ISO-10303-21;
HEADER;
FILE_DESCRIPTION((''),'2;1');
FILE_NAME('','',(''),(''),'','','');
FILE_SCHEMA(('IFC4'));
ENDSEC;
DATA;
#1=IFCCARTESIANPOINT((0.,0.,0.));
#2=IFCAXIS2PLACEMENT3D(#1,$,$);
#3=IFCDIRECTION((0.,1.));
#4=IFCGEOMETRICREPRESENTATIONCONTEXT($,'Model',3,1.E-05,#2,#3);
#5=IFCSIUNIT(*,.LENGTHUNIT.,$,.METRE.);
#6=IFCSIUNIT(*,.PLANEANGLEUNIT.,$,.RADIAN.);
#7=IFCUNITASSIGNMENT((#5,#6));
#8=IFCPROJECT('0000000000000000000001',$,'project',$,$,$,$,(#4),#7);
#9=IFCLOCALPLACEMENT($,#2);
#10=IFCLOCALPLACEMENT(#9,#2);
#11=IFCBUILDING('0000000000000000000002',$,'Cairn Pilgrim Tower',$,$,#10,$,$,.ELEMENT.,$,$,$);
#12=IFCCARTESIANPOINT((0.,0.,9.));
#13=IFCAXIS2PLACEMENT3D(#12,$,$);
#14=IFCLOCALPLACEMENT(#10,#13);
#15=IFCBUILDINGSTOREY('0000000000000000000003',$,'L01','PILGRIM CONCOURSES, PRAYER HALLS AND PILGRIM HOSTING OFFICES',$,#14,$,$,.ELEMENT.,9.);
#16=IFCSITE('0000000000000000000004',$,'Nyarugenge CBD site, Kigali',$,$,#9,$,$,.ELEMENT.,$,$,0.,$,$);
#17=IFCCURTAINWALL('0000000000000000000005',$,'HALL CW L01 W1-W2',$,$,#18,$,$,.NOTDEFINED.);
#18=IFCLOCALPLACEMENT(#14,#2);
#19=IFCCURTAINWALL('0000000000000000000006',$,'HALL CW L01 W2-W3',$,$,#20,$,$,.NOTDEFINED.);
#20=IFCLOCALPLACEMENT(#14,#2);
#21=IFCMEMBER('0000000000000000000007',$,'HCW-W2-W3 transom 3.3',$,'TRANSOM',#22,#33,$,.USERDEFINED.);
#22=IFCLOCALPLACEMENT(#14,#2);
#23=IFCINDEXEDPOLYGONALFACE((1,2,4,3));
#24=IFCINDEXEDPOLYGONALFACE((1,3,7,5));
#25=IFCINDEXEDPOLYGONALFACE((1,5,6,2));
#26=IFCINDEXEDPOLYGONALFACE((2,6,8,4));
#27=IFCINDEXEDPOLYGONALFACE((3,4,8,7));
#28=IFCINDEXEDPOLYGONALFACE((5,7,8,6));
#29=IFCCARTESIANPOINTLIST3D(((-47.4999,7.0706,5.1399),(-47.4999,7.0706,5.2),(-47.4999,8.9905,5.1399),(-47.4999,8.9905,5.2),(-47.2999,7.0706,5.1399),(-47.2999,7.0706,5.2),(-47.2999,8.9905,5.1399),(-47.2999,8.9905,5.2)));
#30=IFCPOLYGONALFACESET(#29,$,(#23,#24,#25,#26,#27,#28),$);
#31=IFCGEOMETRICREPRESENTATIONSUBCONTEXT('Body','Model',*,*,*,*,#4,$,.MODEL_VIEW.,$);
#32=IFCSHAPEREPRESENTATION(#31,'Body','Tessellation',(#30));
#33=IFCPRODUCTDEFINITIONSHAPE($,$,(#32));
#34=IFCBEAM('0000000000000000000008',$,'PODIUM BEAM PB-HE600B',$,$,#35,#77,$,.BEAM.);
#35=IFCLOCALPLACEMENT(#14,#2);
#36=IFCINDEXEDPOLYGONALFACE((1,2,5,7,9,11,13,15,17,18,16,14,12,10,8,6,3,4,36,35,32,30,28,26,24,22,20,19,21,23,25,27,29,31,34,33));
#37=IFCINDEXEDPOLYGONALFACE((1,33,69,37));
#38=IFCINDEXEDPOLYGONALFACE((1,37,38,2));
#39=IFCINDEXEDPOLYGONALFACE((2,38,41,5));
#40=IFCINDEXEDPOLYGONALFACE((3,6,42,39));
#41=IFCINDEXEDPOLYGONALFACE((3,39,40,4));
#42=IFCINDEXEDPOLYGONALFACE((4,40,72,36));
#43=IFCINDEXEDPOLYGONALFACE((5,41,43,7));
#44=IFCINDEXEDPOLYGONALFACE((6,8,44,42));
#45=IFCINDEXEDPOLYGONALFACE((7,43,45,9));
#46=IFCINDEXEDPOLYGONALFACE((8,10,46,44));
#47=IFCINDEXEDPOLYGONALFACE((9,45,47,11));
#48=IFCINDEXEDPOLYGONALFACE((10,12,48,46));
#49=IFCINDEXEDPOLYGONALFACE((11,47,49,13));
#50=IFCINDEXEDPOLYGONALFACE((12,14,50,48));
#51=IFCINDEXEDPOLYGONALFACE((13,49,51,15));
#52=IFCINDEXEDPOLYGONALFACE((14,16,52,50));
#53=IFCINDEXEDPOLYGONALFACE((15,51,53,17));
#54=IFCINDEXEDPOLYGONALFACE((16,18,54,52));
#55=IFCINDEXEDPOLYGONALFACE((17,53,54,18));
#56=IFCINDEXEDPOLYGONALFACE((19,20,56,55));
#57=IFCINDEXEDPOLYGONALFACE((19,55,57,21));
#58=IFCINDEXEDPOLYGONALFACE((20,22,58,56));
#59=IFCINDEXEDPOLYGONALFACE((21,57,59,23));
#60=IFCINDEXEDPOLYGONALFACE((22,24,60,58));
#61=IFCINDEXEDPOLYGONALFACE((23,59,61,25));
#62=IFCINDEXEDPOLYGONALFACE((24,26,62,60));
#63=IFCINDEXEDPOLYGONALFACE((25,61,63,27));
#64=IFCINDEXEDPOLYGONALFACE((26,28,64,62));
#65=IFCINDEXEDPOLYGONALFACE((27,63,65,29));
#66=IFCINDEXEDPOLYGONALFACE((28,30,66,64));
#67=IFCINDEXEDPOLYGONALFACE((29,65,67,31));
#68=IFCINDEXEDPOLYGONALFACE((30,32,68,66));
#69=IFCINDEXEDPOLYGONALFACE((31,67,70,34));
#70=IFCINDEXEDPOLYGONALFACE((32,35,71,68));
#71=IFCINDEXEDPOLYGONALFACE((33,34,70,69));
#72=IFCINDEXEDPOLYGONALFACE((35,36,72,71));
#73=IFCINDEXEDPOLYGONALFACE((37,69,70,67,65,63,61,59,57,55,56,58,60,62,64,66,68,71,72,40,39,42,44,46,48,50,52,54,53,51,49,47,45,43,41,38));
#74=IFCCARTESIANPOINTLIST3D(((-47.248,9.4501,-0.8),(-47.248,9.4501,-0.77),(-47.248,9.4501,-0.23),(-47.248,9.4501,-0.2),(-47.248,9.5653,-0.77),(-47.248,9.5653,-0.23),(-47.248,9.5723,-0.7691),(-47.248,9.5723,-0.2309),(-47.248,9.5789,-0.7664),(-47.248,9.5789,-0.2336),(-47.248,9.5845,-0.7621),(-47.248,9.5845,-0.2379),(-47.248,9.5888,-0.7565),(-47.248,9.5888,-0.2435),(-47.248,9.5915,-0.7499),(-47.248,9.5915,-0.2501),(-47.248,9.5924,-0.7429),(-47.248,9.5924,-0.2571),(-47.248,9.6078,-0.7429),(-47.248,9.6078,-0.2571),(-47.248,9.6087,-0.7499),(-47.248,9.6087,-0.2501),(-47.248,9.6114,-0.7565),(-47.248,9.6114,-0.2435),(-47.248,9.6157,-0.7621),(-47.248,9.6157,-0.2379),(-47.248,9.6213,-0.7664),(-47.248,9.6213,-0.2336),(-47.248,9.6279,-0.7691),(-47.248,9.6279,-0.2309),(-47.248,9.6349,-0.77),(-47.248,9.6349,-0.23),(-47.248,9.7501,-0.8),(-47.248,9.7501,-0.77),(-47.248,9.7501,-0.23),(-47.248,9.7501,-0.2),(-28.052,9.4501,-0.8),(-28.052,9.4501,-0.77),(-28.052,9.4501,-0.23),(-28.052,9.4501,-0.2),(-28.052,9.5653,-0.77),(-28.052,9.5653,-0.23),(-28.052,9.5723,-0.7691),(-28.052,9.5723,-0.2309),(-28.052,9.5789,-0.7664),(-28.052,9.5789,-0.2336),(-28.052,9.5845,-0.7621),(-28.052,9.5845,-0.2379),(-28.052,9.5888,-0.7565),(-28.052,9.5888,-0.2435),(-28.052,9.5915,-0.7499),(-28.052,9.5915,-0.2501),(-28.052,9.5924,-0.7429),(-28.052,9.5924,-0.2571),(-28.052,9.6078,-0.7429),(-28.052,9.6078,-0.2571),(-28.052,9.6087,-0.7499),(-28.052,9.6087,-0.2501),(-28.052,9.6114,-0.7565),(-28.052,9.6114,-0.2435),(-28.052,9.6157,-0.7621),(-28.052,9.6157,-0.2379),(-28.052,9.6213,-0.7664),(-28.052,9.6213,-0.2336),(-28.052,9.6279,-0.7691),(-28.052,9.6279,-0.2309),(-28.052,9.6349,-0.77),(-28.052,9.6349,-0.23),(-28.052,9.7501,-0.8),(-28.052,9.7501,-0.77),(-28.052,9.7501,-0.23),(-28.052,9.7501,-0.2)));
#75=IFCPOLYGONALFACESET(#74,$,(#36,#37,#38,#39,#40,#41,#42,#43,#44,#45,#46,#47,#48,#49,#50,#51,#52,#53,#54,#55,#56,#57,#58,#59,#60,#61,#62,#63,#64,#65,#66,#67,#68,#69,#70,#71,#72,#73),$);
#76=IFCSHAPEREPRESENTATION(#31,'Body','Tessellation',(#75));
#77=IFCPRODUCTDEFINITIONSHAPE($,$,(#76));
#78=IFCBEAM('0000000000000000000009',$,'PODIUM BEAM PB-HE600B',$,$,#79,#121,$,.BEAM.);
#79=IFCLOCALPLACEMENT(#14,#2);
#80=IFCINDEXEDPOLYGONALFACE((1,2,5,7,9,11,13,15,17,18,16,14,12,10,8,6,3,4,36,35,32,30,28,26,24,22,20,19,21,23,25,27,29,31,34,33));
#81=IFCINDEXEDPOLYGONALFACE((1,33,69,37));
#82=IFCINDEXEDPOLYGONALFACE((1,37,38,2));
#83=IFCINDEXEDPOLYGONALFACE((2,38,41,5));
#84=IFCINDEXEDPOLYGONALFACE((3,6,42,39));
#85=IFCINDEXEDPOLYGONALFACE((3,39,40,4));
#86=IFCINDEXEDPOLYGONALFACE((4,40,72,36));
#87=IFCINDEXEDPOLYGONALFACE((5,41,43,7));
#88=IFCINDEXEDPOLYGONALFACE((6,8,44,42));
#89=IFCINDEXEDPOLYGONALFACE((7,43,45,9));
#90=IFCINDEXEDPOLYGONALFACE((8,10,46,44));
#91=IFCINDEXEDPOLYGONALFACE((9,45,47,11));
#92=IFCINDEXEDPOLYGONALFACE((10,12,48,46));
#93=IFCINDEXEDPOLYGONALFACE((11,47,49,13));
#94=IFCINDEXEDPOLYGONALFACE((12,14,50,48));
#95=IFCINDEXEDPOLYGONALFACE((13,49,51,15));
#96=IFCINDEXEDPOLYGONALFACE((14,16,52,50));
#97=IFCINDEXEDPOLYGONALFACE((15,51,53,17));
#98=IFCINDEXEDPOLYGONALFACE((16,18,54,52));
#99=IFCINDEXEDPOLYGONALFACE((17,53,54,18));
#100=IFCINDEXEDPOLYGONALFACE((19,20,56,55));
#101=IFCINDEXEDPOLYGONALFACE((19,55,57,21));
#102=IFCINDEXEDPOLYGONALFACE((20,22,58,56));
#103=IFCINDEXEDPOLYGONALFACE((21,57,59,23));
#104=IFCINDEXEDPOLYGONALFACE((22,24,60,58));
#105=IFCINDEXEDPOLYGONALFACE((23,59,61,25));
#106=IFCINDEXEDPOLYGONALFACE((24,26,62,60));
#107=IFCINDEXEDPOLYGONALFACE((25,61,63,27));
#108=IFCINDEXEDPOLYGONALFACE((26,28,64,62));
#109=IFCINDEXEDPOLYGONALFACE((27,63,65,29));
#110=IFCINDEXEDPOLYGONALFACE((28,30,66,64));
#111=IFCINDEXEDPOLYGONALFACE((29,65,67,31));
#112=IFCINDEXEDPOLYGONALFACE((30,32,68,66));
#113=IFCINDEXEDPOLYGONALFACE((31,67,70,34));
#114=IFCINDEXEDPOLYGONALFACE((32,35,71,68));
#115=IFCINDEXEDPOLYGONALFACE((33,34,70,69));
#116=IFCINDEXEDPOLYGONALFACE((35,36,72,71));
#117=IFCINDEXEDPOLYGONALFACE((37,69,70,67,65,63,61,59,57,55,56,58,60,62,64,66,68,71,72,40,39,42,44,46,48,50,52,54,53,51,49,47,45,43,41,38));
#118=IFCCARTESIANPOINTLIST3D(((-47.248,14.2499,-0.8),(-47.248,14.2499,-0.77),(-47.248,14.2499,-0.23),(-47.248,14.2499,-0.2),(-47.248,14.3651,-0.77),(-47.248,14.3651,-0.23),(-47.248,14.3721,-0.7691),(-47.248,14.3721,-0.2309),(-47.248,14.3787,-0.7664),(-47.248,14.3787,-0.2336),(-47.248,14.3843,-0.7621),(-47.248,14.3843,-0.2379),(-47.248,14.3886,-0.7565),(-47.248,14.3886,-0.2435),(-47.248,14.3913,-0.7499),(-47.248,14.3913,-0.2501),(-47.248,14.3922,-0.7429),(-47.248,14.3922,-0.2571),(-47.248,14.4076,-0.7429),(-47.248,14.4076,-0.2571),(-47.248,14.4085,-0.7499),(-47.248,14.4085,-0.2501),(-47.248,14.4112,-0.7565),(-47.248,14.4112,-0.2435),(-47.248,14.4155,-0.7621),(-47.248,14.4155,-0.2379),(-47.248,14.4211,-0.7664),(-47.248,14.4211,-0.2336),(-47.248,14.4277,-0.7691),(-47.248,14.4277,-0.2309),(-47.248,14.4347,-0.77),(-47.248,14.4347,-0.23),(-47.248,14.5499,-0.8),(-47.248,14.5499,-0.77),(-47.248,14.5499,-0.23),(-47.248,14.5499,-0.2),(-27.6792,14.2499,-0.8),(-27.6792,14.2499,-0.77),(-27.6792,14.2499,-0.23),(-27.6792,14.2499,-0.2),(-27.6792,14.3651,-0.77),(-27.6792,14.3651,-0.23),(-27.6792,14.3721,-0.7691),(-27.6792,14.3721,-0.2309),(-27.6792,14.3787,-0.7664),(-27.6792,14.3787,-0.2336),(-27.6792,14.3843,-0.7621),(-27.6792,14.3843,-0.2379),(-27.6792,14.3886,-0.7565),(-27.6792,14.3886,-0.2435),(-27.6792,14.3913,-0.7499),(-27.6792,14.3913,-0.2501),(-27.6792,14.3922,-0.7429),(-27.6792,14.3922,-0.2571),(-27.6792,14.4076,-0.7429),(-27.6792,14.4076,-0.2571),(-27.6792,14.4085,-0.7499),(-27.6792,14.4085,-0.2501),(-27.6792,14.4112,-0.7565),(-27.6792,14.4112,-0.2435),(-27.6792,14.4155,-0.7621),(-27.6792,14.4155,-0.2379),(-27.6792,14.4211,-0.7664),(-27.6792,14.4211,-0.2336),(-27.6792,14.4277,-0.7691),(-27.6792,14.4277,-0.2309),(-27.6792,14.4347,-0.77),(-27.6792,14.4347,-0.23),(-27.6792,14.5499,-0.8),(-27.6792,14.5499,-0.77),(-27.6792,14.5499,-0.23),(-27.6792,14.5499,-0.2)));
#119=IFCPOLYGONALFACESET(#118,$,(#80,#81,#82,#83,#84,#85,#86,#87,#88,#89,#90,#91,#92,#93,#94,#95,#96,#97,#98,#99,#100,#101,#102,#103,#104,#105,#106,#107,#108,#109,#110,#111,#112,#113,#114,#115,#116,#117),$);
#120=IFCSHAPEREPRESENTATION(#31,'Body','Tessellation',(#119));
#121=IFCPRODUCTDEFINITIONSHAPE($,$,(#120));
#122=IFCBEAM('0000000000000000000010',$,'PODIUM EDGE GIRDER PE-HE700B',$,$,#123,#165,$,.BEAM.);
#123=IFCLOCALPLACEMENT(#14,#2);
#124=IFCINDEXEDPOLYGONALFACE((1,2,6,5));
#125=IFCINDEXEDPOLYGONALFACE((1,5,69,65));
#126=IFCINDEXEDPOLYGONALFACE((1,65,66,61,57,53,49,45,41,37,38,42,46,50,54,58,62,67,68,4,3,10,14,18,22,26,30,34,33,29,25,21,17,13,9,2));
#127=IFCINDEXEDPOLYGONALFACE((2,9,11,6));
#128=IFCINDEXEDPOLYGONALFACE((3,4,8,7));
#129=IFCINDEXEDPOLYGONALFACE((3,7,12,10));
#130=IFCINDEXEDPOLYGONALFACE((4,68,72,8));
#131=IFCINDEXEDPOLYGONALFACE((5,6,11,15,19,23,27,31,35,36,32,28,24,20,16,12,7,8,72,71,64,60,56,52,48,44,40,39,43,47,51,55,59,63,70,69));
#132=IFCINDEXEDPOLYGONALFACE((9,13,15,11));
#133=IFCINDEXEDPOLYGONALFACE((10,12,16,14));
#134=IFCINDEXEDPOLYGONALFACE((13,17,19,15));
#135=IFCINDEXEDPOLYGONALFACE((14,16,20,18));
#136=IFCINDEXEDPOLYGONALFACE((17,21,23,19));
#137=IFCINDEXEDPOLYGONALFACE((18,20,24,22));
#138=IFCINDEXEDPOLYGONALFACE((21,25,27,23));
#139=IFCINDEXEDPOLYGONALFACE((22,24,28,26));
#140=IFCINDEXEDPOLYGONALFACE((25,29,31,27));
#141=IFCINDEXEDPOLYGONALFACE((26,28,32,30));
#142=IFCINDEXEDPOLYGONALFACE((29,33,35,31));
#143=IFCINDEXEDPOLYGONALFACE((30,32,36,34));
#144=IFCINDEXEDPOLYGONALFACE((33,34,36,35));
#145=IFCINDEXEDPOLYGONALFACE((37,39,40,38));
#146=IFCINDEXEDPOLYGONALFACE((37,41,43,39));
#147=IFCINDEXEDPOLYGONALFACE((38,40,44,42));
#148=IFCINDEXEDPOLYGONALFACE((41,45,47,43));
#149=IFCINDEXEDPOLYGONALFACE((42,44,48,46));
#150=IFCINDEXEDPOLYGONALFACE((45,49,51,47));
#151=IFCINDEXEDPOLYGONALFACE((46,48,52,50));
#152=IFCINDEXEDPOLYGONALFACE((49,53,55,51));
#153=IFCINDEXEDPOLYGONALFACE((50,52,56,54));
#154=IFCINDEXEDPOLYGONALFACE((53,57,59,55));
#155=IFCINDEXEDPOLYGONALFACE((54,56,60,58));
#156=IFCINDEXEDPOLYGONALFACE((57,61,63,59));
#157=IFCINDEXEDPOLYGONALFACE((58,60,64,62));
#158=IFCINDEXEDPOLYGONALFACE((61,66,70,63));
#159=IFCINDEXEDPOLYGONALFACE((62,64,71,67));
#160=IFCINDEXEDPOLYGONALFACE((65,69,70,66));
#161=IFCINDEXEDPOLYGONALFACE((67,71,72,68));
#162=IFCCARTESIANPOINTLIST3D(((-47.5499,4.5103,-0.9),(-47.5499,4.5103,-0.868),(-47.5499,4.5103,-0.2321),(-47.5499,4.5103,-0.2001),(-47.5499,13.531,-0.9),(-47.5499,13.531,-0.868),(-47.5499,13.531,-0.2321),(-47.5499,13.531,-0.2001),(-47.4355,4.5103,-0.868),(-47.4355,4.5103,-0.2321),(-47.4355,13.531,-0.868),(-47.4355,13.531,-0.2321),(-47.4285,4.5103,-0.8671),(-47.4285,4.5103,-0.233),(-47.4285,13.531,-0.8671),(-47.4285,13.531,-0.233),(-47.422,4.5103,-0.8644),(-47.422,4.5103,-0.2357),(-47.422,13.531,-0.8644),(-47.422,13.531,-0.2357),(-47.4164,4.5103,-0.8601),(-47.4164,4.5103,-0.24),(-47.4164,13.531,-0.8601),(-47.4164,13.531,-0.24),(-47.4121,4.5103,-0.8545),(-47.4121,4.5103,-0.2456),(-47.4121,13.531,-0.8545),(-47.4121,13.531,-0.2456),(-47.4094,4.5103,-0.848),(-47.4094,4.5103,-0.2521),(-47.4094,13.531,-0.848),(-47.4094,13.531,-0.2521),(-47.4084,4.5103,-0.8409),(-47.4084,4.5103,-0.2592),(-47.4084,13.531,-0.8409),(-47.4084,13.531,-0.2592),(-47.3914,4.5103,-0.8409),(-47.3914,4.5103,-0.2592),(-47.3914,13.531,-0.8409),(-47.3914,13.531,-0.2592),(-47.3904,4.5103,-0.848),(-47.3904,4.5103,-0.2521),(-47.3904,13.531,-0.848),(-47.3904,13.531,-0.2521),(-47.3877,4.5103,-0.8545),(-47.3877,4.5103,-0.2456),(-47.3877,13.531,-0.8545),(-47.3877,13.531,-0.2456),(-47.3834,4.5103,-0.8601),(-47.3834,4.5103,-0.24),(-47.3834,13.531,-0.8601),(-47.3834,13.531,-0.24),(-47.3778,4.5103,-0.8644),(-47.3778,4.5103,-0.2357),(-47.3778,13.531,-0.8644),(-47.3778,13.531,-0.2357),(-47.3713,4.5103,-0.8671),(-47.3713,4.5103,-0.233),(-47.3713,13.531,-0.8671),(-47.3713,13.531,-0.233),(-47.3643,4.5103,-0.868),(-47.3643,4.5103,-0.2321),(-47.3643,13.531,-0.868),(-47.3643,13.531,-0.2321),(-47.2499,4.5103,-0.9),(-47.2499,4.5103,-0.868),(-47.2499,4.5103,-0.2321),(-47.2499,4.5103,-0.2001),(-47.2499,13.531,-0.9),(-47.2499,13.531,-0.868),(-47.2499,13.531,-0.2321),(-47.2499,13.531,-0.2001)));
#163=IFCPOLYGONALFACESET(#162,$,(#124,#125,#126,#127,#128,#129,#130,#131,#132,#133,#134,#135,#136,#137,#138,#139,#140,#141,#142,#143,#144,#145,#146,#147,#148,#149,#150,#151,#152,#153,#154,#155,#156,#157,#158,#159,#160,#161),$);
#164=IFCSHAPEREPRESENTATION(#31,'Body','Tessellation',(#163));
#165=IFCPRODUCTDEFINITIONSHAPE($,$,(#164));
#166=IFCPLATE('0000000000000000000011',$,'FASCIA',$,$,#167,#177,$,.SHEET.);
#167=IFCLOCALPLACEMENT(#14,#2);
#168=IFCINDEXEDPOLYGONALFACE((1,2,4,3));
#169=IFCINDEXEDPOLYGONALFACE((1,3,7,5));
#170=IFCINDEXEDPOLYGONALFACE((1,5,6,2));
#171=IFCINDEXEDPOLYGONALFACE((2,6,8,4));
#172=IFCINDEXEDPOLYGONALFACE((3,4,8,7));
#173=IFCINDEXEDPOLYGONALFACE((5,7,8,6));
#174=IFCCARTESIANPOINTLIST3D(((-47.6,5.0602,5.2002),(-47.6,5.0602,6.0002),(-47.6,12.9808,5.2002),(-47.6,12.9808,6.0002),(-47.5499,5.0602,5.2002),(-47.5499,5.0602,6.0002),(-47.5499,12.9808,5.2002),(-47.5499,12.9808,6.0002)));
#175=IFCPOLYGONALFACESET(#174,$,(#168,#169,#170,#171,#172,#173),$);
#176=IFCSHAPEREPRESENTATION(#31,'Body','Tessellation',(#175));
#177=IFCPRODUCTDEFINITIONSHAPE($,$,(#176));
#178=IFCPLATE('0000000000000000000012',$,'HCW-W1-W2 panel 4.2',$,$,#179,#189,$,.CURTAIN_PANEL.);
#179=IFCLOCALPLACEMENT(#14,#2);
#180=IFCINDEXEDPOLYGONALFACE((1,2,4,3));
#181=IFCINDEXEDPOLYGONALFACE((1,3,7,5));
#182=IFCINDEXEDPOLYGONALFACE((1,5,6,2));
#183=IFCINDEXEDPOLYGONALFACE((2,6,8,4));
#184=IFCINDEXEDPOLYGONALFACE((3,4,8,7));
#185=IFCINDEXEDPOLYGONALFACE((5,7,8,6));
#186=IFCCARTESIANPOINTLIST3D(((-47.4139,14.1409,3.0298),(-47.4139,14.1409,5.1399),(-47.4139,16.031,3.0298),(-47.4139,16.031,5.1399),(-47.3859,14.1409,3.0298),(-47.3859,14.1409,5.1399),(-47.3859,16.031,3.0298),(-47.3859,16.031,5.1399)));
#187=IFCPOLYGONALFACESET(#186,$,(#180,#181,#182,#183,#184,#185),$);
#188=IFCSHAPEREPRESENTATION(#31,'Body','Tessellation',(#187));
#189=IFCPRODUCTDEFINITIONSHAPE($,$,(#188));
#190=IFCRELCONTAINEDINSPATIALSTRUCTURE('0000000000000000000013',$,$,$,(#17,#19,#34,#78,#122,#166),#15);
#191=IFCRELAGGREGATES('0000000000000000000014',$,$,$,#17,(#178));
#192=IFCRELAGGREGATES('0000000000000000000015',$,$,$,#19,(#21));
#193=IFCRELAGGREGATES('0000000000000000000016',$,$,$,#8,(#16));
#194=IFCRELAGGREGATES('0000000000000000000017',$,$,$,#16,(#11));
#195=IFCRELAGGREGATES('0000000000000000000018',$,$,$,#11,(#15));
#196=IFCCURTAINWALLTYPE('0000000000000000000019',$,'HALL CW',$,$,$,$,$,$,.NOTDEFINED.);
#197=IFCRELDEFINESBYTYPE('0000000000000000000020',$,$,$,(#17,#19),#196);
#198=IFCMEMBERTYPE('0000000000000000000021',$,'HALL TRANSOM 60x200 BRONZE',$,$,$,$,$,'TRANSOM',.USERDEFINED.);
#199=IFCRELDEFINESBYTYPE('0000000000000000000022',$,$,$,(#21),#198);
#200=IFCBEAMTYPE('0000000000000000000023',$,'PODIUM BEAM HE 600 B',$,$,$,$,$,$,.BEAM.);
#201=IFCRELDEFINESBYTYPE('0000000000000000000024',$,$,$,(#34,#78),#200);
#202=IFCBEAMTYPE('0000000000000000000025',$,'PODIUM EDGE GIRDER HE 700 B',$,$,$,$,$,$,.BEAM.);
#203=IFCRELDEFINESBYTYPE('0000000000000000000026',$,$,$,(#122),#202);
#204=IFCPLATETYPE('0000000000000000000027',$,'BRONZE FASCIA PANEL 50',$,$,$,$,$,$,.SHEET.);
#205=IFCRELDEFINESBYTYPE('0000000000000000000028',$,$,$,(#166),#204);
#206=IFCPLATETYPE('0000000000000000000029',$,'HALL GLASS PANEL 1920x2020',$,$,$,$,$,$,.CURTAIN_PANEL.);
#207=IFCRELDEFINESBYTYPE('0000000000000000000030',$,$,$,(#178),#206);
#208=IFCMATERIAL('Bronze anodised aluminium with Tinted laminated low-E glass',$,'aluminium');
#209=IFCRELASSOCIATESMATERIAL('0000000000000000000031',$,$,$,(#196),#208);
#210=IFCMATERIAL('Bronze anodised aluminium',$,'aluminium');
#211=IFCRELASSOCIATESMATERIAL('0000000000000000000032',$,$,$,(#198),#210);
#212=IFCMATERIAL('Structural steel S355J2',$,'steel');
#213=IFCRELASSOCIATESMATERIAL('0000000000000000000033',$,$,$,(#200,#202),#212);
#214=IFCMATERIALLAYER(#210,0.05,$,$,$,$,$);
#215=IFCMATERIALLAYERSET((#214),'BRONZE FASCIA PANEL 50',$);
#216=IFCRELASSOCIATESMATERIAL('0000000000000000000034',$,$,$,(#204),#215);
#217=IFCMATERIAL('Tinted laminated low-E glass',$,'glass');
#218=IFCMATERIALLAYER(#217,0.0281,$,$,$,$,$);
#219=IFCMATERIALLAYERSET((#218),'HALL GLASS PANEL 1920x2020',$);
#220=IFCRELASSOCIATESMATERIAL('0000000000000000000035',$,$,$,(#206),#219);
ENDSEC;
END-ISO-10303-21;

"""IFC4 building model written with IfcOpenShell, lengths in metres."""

from ifc_helpers import new_model, si_unit, direction, frame, origin, origin_2d, place, context, subcontext, project, spatial, rectangle, i_section, extrude, material, layer, layer_set, material_profile, profile_set, type_object, element, aggregate, save


model = new_model("IFC4")

# Units and contexts
model_context = context("Model", 3, precision=1e-05, world=origin(), true_north=direction((0.0, 1.0)))
body_context = subcontext(model_context, "Body", "Model", "MODEL_VIEW")
ifc_project = project(units=[si_unit("LENGTHUNIT", "METRE"), si_unit("PLANEANGLEUNIT", "RADIAN")], contexts=[model_context])

# Site, building, storey
site_placement = place(None, origin())
site = spatial("IfcSite", under=ifc_project, at=site_placement, Name="Nyarugenge CBD site, Kigali", CompositionType="ELEMENT", RefElevation=0.0)
building_placement = place(site_placement, origin())
building = spatial("IfcBuilding", under=site, at=building_placement, Name="Cairn Pilgrim Tower", CompositionType="ELEMENT")
storey_placement = place(building_placement, frame((0.0, 0.0, 9.0)))
storey = spatial("IfcBuildingStorey", under=building, at=storey_placement, Name="L01", Description="PILGRIM CONCOURSES, PRAYER HALLS AND PILGRIM HOSTING OFFICES", CompositionType="ELEMENT", Elevation=9.0)

# Curtain wall
ifc_material_1 = material(Name="Bronze anodised aluminium with Tinted laminated low-E glass", Category="aluminium")
curtain_wall_type = type_object("IfcCurtainWallType", Name="HALL CW", PredefinedType="NOTDEFINED", material=ifc_material_1)
curtain_wall_1_placement = place(storey_placement, origin())
curtain_wall_1 = element("IfcCurtainWall", 1, at=curtain_wall_1_placement, inside=storey, type_object=curtain_wall_type, Name="HALL CW L01 W1-W2", PredefinedType="NOTDEFINED")
ifc_material_2 = material(Name="Bronze anodised aluminium", Category="aluminium")

# Curtain wall
curtain_wall_2_placement = place(storey_placement, origin())
curtain_wall_2 = element("IfcCurtainWall", 2, at=curtain_wall_2_placement, inside=storey, type_object=curtain_wall_type, Name="HALL CW L01 W2-W3", PredefinedType="NOTDEFINED")

# Member
ifc_material_profile_1 = material_profile(ifc_material_2, rectangle(XDim=0.2, YDim=0.0601, at=origin_2d()), Name="HALL TRANSOM 60x200 BRONZE")
ifc_profile_set_1 = profile_set([ifc_material_profile_1], Name="Bronze anodised aluminium")
member_type_1 = type_object("IfcMemberType", Name="HALL TRANSOM 60x200 BRONZE", ElementType="TRANSOM", PredefinedType="USERDEFINED", material=ifc_profile_set_1)
member_1_placement = place(storey_placement, frame((-47.3999, 8.9905, 5.1699), z_axis=(0.0, -1.0, 0.0), x_axis=(1.0, 0.0, 0.0)))
member_1 = element("IfcMember", 3, at=member_1_placement, type_object=member_type_1, Name="HCW-W2-W3 transom 3.3", ObjectType="TRANSOM", PredefinedType="USERDEFINED", context=body_context, shape_type="SweptSolid", body=[
    extrude(rectangle(XDim=0.2, YDim=0.0601, at=origin_2d()), origin(), (0.0, 0.0, 1.0), 1.9199),
])

# Beams
ifc_material_3 = material(Name="Structural steel S355J2", Category="steel")
ifc_material_profile_2 = material_profile(ifc_material_3, i_section(OverallWidth=0.3, OverallDepth=0.6001, WebThickness=0.0154, FlangeThickness=0.03, FilletRadius=0.0271, at=origin_2d()), Name="HEB 600")
ifc_profile_set_2 = profile_set([ifc_material_profile_2], Name="Structural steel S355J2")
beam_type_1 = type_object("IfcBeamType", Name="PODIUM BEAM HE 600 B", PredefinedType="BEAM", material=ifc_profile_set_2)
beam_1_placement = place(storey_placement, frame((-47.248, 9.6001, -0.5), z_axis=(1.0, 0.0, 0.0), x_axis=(0.0, 1.0, 0.0)))
element("IfcBeam", 4, at=beam_1_placement, inside=storey, type_object=beam_type_1, Name="PODIUM BEAM PB-HE600B", PredefinedType="BEAM", context=body_context, shape_type="SweptSolid", body=[
    extrude(i_section(OverallWidth=0.3, OverallDepth=0.6001, WebThickness=0.0154, FlangeThickness=0.03, FilletRadius=0.0271, at=origin_2d()), origin(), (0.0, 0.0, 1.0), 19.196),
])
beam_2_placement = place(storey_placement, frame((-47.248, 14.3999, -0.5), z_axis=(1.0, 0.0, 0.0), x_axis=(0.0, 1.0, 0.0)))
element("IfcBeam", 5, at=beam_2_placement, inside=storey, type_object=beam_type_1, Name="PODIUM BEAM PB-HE600B", PredefinedType="BEAM", context=body_context, shape_type="SweptSolid", body=[
    extrude(i_section(OverallWidth=0.3, OverallDepth=0.6001, WebThickness=0.0154, FlangeThickness=0.03, FilletRadius=0.0271, at=origin_2d()), origin(), (0.0, 0.0, 1.0), 19.5688),
])
ifc_material_profile_3 = material_profile(ifc_material_3, i_section(OverallWidth=0.3, OverallDepth=0.7, WebThickness=0.0171, FlangeThickness=0.032, FilletRadius=0.0271, at=origin_2d()), Name="HEB 700")
ifc_profile_set_3 = profile_set([ifc_material_profile_3], Name="Structural steel S355J2")
beam_type_2 = type_object("IfcBeamType", Name="PODIUM EDGE GIRDER HE 700 B", PredefinedType="BEAM", material=ifc_profile_set_3)
beam_3_placement = place(storey_placement, frame((-47.3999, 13.531, -0.55), z_axis=(0.0, -1.0, 0.0), x_axis=(1.0, 0.0, 0.0)))
element("IfcBeam", 6, at=beam_3_placement, inside=storey, type_object=beam_type_2, Name="PODIUM EDGE GIRDER PE-HE700B", PredefinedType="BEAM", context=body_context, shape_type="SweptSolid", body=[
    extrude(i_section(OverallWidth=0.3, OverallDepth=0.7, WebThickness=0.0171, FlangeThickness=0.032, FilletRadius=0.0271, at=origin_2d()), origin(), (0.0, 0.0, 1.0), 9.0208),
])

# Plates
ifc_layer_1 = layer(ifc_material_2, 0.05)
ifc_layer_set_1 = layer_set([ifc_layer_1], Name="BRONZE FASCIA PANEL 50")
plate_type_1 = type_object("IfcPlateType", Name="BRONZE FASCIA PANEL 50", PredefinedType="SHEET", material=ifc_layer_set_1)
plate_1_placement = place(storey_placement, frame((-47.575, 9.0205, 5.2002), z_axis=(0.0, 0.0, 1.0), x_axis=(0.0, -1.0, 0.0)))
element("IfcPlate", 7, at=plate_1_placement, inside=storey, type_object=plate_type_1, Name="FASCIA", PredefinedType="SHEET", context=body_context, shape_type="SweptSolid", body=[
    extrude(rectangle(XDim=7.9207, YDim=0.05, at=origin_2d()), origin(), (0.0, 0.0, 1.0), 0.8),
])
ifc_material_4 = material(Name="Tinted laminated low-E glass", Category="glass")
ifc_layer_2 = layer(ifc_material_4, 0.0281)
ifc_layer_set_2 = layer_set([ifc_layer_2], Name="HALL GLASS PANEL 1920x2020")
plate_type_2 = type_object("IfcPlateType", Name="HALL GLASS PANEL 1920x2020", PredefinedType="CURTAIN_PANEL", material=ifc_layer_set_2)
plate_2_placement = place(storey_placement, frame((-47.3999, 15.0859, 3.0298), z_axis=(0.0, 0.0, 1.0), x_axis=(0.0, -1.0, 0.0)))
plate_2 = element("IfcPlate", 8, at=plate_2_placement, type_object=plate_type_2, Name="HCW-W1-W2 panel 4.2", PredefinedType="CURTAIN_PANEL", context=body_context, shape_type="SweptSolid", body=[
    extrude(rectangle(XDim=1.8901, YDim=0.0281, at=origin_2d()), origin(), (0.0, 0.0, 1.0), 2.1101),
])
aggregate(curtain_wall_1, [plate_2])
aggregate(curtain_wall_2, [member_1])

save(model, "model.ifc")
